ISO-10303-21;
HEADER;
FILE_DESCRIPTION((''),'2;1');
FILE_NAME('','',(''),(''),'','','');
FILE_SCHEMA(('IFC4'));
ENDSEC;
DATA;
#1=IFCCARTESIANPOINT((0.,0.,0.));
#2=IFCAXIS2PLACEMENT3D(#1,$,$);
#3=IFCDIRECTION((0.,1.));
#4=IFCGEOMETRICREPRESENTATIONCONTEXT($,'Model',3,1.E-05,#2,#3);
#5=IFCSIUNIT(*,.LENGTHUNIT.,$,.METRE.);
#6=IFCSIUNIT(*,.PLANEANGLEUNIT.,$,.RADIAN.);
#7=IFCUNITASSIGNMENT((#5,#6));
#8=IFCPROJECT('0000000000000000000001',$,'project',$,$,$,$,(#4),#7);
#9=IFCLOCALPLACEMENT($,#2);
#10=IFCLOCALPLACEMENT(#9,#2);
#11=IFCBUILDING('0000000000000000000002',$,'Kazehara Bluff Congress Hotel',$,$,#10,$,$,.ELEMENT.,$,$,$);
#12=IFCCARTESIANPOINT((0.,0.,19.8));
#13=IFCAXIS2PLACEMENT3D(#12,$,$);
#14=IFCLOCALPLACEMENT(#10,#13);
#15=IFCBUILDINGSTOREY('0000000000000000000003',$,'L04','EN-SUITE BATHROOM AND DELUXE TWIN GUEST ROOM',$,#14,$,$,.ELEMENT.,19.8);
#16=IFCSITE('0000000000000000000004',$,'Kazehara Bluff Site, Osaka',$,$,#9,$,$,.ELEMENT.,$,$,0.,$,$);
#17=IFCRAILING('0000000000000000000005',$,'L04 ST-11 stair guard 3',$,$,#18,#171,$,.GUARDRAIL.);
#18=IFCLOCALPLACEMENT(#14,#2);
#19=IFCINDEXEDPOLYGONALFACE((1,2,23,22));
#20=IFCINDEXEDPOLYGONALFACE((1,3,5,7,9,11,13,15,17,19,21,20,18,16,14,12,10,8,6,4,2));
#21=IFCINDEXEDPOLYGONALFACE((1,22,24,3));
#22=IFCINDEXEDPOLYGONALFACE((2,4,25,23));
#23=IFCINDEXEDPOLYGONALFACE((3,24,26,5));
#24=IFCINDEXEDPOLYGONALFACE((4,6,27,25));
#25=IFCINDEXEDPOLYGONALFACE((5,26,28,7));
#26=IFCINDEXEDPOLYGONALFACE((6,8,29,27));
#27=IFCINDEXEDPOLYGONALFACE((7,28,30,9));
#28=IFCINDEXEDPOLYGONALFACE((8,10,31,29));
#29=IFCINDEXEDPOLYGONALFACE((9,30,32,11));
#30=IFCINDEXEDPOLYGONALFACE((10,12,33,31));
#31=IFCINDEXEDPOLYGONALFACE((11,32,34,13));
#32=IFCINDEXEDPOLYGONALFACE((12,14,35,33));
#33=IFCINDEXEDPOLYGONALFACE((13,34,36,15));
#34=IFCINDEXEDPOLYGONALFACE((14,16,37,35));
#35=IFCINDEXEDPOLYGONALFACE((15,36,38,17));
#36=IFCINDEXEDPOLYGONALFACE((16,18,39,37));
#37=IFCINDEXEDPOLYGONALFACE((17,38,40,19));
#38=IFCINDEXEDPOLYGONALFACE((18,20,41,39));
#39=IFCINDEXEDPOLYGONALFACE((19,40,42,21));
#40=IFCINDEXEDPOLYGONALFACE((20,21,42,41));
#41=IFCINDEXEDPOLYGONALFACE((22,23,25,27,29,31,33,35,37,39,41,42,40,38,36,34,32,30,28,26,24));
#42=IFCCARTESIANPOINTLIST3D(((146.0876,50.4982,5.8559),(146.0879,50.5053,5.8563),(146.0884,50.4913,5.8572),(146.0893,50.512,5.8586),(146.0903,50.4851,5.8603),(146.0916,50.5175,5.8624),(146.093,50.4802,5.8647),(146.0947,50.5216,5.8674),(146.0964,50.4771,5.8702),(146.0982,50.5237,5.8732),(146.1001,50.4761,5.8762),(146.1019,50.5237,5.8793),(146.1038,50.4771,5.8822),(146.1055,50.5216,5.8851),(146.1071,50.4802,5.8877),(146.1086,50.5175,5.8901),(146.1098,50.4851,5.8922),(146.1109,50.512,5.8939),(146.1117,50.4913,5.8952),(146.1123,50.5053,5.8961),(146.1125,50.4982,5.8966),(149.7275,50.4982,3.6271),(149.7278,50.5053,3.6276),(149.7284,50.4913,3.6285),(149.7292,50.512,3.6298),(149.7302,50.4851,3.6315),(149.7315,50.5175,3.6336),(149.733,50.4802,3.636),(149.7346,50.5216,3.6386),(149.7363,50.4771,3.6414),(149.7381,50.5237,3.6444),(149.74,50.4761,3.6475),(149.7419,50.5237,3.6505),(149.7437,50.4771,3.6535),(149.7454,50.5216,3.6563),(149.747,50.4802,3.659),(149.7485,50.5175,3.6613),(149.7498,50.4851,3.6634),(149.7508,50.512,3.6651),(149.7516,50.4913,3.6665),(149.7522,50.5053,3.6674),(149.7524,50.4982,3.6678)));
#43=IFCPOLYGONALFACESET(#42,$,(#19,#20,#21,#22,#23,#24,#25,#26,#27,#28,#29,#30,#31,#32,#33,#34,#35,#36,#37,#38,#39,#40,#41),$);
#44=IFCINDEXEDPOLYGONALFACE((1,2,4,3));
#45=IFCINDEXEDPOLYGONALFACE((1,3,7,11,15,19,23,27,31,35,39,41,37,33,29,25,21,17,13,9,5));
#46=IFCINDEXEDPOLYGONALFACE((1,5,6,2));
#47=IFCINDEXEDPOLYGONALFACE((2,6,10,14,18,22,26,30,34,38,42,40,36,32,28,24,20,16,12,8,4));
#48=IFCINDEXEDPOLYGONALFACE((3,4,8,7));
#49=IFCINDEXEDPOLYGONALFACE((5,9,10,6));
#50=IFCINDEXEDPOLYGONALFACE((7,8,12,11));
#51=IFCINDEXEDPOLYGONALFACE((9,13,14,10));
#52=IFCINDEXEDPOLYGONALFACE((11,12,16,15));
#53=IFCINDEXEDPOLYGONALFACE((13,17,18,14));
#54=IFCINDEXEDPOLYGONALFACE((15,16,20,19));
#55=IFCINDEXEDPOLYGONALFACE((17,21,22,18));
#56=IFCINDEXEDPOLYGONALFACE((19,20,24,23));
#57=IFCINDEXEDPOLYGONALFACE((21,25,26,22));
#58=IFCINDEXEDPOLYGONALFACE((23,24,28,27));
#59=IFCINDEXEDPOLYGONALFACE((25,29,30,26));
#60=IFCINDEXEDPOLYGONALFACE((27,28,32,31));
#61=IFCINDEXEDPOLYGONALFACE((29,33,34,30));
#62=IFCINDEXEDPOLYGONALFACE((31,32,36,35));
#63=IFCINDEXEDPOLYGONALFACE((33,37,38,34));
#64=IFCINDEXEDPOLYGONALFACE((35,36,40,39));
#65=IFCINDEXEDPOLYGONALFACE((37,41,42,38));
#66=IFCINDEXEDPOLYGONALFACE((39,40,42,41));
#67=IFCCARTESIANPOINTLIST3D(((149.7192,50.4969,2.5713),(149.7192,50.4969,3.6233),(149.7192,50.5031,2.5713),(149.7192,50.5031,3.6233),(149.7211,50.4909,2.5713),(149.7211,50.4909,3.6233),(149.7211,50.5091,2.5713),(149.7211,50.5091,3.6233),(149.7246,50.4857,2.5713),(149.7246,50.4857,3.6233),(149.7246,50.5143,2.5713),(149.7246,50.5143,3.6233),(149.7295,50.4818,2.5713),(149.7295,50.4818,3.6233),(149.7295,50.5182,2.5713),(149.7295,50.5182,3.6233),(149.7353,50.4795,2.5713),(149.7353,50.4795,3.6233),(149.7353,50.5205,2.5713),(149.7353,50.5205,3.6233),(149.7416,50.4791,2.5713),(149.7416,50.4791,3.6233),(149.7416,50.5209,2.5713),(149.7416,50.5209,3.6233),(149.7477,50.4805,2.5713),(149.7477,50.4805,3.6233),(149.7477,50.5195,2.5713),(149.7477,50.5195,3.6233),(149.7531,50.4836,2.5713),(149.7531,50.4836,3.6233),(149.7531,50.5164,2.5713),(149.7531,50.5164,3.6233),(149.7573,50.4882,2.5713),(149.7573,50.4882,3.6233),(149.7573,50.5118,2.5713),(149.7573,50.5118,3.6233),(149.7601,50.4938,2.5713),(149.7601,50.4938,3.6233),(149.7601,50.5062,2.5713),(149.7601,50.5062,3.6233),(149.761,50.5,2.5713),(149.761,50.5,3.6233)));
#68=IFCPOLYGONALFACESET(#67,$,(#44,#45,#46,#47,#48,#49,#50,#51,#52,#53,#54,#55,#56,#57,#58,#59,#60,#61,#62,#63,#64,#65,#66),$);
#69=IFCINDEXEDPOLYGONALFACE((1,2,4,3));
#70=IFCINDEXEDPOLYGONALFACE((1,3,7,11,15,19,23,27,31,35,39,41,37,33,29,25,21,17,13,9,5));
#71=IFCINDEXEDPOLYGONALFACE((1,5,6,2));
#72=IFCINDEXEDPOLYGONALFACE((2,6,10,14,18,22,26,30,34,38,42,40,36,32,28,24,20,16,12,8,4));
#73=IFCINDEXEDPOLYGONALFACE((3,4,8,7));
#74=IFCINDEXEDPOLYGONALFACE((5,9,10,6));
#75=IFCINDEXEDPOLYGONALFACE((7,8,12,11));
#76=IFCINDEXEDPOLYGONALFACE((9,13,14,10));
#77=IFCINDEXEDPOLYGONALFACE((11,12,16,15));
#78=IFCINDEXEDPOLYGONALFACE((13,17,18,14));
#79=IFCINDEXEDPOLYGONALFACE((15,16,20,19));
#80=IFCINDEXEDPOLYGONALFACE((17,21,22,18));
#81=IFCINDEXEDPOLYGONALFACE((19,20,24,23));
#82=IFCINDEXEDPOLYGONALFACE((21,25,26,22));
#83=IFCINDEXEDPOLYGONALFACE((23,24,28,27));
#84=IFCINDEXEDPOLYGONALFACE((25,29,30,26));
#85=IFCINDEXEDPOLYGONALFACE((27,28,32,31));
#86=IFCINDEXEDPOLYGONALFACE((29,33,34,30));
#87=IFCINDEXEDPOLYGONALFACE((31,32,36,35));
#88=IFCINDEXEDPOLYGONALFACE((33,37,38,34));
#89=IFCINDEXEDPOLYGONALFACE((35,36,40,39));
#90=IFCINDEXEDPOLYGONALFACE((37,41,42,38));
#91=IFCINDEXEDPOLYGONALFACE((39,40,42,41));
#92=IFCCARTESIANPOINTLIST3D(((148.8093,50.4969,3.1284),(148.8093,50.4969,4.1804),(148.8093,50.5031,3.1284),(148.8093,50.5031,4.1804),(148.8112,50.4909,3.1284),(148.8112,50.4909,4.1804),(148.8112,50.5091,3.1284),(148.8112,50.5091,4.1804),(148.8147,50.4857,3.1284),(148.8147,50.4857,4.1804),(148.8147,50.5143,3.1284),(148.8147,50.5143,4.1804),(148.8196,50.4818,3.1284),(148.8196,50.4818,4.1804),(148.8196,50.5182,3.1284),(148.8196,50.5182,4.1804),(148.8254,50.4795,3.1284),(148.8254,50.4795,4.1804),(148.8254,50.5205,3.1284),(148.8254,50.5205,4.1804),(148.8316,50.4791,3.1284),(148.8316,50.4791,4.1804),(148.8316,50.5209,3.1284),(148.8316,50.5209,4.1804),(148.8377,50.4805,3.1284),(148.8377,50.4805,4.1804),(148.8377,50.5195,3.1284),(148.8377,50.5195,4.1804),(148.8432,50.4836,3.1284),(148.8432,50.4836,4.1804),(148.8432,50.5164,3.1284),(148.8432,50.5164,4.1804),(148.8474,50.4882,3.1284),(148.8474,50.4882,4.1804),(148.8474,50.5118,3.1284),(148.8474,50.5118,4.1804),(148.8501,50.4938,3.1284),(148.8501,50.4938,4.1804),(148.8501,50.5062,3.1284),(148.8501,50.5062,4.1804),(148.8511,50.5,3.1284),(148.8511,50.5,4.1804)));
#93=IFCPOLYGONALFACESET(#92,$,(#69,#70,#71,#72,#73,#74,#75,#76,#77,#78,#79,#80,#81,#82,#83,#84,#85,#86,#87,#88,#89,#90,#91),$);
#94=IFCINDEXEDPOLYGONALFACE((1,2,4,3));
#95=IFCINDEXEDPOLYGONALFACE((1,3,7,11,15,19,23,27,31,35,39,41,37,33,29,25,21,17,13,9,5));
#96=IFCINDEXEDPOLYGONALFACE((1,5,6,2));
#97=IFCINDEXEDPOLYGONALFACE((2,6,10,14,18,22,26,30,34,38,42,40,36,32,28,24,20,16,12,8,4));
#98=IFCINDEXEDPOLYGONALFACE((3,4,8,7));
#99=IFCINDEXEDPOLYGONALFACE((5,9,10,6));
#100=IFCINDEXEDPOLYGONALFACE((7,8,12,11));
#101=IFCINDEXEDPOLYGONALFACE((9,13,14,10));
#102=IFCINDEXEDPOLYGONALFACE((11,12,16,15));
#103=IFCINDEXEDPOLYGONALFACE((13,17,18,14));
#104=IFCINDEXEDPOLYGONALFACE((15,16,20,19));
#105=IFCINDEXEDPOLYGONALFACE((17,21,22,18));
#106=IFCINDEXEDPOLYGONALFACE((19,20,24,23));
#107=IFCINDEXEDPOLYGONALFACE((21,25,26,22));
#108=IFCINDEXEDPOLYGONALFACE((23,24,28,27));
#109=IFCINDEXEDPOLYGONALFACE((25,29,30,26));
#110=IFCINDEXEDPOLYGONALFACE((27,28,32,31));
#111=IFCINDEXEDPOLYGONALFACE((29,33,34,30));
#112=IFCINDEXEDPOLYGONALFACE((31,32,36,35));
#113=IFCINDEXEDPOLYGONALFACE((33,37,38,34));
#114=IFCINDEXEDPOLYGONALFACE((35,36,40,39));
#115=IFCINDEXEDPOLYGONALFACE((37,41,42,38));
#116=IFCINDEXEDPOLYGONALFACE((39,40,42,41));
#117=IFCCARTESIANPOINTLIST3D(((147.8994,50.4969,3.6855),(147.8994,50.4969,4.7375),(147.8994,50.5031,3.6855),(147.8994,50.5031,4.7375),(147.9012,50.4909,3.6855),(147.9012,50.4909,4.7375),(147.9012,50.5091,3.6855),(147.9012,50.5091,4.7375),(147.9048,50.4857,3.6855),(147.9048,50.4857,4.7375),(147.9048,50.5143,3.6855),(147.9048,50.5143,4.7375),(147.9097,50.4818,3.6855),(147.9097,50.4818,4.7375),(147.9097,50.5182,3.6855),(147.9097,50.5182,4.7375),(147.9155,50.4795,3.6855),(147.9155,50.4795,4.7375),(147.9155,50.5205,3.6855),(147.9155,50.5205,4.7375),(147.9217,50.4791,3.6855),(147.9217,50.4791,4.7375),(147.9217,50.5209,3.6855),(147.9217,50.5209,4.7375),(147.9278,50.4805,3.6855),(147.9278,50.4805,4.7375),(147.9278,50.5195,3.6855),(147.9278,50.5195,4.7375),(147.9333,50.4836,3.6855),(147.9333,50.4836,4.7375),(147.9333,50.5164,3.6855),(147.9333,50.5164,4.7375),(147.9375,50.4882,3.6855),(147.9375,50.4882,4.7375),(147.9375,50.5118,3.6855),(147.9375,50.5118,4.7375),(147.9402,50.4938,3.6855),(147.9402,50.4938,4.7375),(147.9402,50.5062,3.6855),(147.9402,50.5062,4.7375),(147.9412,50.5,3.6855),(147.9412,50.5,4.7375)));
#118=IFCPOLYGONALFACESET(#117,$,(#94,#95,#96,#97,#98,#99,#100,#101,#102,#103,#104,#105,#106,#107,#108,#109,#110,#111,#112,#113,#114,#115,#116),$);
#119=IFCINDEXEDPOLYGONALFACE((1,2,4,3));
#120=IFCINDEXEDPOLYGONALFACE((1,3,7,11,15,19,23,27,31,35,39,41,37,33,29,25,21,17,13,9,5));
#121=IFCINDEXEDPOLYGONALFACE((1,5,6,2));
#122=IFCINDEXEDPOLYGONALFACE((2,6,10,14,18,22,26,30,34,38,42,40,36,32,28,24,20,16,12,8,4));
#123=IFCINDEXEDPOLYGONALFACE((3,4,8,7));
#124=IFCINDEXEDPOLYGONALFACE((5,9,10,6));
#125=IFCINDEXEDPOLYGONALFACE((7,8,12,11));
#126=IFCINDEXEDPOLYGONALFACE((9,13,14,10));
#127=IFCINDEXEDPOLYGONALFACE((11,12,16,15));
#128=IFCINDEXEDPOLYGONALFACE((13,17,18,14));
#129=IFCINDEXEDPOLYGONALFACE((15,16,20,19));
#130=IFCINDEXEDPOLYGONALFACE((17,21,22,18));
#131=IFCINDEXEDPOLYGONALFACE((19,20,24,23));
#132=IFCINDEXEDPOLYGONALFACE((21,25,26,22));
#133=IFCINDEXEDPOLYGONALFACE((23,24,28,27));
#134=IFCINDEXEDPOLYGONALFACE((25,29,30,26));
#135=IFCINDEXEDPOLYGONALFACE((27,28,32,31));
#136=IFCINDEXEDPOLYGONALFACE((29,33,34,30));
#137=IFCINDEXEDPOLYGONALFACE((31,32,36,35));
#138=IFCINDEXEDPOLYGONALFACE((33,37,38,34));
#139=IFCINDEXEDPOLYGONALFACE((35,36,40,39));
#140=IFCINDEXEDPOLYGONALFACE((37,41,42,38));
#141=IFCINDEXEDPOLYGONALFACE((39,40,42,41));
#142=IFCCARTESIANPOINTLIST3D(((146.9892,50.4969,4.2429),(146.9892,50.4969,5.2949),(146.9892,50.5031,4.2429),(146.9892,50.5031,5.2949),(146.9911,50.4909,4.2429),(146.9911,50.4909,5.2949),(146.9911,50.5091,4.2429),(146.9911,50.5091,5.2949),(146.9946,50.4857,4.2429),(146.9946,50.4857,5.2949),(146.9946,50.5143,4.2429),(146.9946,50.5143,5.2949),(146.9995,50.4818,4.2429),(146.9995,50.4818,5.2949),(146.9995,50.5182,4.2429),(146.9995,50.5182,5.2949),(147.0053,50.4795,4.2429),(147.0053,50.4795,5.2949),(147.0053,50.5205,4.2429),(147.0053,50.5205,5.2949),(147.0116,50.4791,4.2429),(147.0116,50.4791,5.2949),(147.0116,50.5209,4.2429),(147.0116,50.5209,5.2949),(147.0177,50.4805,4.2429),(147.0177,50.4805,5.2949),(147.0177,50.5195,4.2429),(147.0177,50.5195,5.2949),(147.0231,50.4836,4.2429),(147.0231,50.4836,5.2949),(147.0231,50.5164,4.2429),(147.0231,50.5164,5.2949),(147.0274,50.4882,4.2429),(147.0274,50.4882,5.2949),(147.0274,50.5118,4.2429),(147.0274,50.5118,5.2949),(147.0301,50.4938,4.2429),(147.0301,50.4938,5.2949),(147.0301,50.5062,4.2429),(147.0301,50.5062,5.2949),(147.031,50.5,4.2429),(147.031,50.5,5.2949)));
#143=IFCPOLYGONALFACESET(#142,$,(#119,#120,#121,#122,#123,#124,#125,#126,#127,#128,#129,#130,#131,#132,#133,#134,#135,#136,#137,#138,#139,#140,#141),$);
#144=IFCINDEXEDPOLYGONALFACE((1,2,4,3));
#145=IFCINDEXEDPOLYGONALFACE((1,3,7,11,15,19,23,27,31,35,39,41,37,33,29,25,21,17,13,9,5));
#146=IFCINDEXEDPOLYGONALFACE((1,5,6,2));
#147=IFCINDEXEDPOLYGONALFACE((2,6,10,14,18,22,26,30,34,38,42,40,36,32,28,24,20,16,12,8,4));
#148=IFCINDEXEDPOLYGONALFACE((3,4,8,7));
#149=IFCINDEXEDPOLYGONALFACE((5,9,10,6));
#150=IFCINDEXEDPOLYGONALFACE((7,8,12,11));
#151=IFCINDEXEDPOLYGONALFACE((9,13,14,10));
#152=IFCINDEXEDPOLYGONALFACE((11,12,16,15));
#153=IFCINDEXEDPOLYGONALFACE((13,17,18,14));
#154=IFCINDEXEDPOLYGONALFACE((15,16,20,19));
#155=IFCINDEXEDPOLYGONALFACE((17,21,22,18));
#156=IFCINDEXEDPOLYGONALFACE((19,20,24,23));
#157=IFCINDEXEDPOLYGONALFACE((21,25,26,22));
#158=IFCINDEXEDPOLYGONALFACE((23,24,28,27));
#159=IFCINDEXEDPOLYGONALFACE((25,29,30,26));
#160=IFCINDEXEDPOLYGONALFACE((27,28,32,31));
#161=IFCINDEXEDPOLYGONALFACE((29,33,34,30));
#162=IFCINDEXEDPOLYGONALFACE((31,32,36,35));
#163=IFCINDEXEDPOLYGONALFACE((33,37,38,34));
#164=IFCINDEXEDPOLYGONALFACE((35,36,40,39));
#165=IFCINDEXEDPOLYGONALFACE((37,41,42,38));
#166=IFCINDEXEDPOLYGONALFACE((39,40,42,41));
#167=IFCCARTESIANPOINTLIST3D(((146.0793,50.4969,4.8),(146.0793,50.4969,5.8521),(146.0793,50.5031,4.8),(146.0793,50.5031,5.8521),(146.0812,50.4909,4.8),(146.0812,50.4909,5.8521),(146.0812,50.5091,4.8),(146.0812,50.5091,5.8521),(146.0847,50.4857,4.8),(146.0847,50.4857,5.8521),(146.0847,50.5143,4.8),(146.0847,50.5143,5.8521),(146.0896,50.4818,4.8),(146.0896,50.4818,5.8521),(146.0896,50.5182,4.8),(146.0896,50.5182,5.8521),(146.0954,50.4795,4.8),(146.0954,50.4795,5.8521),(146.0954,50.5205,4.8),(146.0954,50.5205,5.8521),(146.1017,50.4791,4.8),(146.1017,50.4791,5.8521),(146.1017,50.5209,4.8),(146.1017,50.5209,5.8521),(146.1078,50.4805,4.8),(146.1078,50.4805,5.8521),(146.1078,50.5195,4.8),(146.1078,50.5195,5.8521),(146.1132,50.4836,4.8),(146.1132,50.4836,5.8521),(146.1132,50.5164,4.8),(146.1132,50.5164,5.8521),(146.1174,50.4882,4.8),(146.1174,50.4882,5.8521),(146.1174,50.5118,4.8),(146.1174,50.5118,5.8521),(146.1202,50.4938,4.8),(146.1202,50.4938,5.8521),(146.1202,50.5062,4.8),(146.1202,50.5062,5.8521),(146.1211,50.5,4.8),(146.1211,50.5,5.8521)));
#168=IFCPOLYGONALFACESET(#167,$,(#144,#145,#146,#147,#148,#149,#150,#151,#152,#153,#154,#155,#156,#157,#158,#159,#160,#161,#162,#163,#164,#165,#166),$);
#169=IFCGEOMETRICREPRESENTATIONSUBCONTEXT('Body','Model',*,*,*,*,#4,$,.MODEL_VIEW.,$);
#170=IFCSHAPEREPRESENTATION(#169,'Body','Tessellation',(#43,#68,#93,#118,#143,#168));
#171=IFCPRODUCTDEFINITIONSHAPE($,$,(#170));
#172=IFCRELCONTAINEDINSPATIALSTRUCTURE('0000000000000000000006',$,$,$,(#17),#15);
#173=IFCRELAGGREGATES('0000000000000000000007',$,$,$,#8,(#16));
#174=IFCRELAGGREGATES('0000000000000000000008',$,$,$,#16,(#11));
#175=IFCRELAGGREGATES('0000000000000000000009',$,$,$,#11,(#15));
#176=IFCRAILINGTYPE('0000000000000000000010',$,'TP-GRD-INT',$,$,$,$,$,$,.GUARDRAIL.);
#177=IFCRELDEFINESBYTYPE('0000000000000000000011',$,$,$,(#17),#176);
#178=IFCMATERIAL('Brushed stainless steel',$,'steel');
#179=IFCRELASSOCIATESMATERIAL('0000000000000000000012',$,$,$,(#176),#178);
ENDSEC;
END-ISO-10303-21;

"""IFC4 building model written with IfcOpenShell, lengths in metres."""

from ifc_helpers import new_model, si_unit, direction, frame, origin, origin_2d, place, context, subcontext, project, spatial, circle, extrude, material, type_object, element, save


model = new_model("IFC4")

# Units and contexts
model_context = context("Model", 3, precision=1e-05, world=origin(), true_north=direction((0.0, 1.0)))
body_context = subcontext(model_context, "Body", "Model", "MODEL_VIEW")
ifc_project = project(units=[si_unit("LENGTHUNIT", "METRE"), si_unit("PLANEANGLEUNIT", "RADIAN")], contexts=[model_context])

# Site, building, storey
site_placement = place(None, origin())
site = spatial("IfcSite", under=ifc_project, at=site_placement, Name="Kazehara Bluff Site, Osaka", CompositionType="ELEMENT", RefElevation=0.0)
building_placement = place(site_placement, origin())
building = spatial("IfcBuilding", under=site, at=building_placement, Name="Kazehara Bluff Congress Hotel", CompositionType="ELEMENT")
storey_placement = place(building_placement, frame((0.0, 0.0, 19.8)))
storey = spatial("IfcBuildingStorey", under=building, at=storey_placement, Name="L04", Description="EN-SUITE BATHROOM AND DELUXE TWIN GUEST ROOM", CompositionType="ELEMENT", Elevation=19.8)

# Railing
ifc_material_1 = material(Name="Brushed stainless steel", Category="steel")
railing_type_1 = type_object("IfcRailingType", Name="TP-GRD-INT", PredefinedType="GUARDRAIL", material=ifc_material_1)
railing_1_placement = place(storey_placement, frame((149.74, 50.5, 2.5713)))
element("IfcRailing", 1, at=railing_1_placement, inside=storey, type_object=railing_type_1, Name="L04 ST-11 stair guard 3", PredefinedType="GUARDRAIL", context=body_context, shape_type="SweptSolid", body=[
    extrude(circle(Radius=0.0239, at=origin_2d()), frame((0.0, 0.0, 1.0762), z_axis=(-0.852825, 0.0, 0.522197), x_axis=(0.0, -1.0, 0.0)), (0.0, 0.0, 1.0), 4.2681),
    extrude(circle(Radius=0.021, at=origin_2d()), origin(), (0.0, 0.0, 1.0), 1.052),
    extrude(circle(Radius=0.021, at=origin_2d()), frame((-0.9099, 0.0, 0.5571)), (0.0, 0.0, 1.0), 1.052),
    extrude(circle(Radius=0.021, at=origin_2d()), frame((-1.8198, 0.0, 1.1143)), (0.0, 0.0, 1.0), 1.052),
    extrude(circle(Radius=0.021, at=origin_2d()), frame((-2.73, 0.0, 1.6716)), (0.0, 0.0, 1.0), 1.052),
    extrude(circle(Radius=0.021, at=origin_2d()), frame((-3.6399, 0.0, 2.2288)), (0.0, 0.0, 1.0), 1.052),
])

save(model, "model.ifc")
